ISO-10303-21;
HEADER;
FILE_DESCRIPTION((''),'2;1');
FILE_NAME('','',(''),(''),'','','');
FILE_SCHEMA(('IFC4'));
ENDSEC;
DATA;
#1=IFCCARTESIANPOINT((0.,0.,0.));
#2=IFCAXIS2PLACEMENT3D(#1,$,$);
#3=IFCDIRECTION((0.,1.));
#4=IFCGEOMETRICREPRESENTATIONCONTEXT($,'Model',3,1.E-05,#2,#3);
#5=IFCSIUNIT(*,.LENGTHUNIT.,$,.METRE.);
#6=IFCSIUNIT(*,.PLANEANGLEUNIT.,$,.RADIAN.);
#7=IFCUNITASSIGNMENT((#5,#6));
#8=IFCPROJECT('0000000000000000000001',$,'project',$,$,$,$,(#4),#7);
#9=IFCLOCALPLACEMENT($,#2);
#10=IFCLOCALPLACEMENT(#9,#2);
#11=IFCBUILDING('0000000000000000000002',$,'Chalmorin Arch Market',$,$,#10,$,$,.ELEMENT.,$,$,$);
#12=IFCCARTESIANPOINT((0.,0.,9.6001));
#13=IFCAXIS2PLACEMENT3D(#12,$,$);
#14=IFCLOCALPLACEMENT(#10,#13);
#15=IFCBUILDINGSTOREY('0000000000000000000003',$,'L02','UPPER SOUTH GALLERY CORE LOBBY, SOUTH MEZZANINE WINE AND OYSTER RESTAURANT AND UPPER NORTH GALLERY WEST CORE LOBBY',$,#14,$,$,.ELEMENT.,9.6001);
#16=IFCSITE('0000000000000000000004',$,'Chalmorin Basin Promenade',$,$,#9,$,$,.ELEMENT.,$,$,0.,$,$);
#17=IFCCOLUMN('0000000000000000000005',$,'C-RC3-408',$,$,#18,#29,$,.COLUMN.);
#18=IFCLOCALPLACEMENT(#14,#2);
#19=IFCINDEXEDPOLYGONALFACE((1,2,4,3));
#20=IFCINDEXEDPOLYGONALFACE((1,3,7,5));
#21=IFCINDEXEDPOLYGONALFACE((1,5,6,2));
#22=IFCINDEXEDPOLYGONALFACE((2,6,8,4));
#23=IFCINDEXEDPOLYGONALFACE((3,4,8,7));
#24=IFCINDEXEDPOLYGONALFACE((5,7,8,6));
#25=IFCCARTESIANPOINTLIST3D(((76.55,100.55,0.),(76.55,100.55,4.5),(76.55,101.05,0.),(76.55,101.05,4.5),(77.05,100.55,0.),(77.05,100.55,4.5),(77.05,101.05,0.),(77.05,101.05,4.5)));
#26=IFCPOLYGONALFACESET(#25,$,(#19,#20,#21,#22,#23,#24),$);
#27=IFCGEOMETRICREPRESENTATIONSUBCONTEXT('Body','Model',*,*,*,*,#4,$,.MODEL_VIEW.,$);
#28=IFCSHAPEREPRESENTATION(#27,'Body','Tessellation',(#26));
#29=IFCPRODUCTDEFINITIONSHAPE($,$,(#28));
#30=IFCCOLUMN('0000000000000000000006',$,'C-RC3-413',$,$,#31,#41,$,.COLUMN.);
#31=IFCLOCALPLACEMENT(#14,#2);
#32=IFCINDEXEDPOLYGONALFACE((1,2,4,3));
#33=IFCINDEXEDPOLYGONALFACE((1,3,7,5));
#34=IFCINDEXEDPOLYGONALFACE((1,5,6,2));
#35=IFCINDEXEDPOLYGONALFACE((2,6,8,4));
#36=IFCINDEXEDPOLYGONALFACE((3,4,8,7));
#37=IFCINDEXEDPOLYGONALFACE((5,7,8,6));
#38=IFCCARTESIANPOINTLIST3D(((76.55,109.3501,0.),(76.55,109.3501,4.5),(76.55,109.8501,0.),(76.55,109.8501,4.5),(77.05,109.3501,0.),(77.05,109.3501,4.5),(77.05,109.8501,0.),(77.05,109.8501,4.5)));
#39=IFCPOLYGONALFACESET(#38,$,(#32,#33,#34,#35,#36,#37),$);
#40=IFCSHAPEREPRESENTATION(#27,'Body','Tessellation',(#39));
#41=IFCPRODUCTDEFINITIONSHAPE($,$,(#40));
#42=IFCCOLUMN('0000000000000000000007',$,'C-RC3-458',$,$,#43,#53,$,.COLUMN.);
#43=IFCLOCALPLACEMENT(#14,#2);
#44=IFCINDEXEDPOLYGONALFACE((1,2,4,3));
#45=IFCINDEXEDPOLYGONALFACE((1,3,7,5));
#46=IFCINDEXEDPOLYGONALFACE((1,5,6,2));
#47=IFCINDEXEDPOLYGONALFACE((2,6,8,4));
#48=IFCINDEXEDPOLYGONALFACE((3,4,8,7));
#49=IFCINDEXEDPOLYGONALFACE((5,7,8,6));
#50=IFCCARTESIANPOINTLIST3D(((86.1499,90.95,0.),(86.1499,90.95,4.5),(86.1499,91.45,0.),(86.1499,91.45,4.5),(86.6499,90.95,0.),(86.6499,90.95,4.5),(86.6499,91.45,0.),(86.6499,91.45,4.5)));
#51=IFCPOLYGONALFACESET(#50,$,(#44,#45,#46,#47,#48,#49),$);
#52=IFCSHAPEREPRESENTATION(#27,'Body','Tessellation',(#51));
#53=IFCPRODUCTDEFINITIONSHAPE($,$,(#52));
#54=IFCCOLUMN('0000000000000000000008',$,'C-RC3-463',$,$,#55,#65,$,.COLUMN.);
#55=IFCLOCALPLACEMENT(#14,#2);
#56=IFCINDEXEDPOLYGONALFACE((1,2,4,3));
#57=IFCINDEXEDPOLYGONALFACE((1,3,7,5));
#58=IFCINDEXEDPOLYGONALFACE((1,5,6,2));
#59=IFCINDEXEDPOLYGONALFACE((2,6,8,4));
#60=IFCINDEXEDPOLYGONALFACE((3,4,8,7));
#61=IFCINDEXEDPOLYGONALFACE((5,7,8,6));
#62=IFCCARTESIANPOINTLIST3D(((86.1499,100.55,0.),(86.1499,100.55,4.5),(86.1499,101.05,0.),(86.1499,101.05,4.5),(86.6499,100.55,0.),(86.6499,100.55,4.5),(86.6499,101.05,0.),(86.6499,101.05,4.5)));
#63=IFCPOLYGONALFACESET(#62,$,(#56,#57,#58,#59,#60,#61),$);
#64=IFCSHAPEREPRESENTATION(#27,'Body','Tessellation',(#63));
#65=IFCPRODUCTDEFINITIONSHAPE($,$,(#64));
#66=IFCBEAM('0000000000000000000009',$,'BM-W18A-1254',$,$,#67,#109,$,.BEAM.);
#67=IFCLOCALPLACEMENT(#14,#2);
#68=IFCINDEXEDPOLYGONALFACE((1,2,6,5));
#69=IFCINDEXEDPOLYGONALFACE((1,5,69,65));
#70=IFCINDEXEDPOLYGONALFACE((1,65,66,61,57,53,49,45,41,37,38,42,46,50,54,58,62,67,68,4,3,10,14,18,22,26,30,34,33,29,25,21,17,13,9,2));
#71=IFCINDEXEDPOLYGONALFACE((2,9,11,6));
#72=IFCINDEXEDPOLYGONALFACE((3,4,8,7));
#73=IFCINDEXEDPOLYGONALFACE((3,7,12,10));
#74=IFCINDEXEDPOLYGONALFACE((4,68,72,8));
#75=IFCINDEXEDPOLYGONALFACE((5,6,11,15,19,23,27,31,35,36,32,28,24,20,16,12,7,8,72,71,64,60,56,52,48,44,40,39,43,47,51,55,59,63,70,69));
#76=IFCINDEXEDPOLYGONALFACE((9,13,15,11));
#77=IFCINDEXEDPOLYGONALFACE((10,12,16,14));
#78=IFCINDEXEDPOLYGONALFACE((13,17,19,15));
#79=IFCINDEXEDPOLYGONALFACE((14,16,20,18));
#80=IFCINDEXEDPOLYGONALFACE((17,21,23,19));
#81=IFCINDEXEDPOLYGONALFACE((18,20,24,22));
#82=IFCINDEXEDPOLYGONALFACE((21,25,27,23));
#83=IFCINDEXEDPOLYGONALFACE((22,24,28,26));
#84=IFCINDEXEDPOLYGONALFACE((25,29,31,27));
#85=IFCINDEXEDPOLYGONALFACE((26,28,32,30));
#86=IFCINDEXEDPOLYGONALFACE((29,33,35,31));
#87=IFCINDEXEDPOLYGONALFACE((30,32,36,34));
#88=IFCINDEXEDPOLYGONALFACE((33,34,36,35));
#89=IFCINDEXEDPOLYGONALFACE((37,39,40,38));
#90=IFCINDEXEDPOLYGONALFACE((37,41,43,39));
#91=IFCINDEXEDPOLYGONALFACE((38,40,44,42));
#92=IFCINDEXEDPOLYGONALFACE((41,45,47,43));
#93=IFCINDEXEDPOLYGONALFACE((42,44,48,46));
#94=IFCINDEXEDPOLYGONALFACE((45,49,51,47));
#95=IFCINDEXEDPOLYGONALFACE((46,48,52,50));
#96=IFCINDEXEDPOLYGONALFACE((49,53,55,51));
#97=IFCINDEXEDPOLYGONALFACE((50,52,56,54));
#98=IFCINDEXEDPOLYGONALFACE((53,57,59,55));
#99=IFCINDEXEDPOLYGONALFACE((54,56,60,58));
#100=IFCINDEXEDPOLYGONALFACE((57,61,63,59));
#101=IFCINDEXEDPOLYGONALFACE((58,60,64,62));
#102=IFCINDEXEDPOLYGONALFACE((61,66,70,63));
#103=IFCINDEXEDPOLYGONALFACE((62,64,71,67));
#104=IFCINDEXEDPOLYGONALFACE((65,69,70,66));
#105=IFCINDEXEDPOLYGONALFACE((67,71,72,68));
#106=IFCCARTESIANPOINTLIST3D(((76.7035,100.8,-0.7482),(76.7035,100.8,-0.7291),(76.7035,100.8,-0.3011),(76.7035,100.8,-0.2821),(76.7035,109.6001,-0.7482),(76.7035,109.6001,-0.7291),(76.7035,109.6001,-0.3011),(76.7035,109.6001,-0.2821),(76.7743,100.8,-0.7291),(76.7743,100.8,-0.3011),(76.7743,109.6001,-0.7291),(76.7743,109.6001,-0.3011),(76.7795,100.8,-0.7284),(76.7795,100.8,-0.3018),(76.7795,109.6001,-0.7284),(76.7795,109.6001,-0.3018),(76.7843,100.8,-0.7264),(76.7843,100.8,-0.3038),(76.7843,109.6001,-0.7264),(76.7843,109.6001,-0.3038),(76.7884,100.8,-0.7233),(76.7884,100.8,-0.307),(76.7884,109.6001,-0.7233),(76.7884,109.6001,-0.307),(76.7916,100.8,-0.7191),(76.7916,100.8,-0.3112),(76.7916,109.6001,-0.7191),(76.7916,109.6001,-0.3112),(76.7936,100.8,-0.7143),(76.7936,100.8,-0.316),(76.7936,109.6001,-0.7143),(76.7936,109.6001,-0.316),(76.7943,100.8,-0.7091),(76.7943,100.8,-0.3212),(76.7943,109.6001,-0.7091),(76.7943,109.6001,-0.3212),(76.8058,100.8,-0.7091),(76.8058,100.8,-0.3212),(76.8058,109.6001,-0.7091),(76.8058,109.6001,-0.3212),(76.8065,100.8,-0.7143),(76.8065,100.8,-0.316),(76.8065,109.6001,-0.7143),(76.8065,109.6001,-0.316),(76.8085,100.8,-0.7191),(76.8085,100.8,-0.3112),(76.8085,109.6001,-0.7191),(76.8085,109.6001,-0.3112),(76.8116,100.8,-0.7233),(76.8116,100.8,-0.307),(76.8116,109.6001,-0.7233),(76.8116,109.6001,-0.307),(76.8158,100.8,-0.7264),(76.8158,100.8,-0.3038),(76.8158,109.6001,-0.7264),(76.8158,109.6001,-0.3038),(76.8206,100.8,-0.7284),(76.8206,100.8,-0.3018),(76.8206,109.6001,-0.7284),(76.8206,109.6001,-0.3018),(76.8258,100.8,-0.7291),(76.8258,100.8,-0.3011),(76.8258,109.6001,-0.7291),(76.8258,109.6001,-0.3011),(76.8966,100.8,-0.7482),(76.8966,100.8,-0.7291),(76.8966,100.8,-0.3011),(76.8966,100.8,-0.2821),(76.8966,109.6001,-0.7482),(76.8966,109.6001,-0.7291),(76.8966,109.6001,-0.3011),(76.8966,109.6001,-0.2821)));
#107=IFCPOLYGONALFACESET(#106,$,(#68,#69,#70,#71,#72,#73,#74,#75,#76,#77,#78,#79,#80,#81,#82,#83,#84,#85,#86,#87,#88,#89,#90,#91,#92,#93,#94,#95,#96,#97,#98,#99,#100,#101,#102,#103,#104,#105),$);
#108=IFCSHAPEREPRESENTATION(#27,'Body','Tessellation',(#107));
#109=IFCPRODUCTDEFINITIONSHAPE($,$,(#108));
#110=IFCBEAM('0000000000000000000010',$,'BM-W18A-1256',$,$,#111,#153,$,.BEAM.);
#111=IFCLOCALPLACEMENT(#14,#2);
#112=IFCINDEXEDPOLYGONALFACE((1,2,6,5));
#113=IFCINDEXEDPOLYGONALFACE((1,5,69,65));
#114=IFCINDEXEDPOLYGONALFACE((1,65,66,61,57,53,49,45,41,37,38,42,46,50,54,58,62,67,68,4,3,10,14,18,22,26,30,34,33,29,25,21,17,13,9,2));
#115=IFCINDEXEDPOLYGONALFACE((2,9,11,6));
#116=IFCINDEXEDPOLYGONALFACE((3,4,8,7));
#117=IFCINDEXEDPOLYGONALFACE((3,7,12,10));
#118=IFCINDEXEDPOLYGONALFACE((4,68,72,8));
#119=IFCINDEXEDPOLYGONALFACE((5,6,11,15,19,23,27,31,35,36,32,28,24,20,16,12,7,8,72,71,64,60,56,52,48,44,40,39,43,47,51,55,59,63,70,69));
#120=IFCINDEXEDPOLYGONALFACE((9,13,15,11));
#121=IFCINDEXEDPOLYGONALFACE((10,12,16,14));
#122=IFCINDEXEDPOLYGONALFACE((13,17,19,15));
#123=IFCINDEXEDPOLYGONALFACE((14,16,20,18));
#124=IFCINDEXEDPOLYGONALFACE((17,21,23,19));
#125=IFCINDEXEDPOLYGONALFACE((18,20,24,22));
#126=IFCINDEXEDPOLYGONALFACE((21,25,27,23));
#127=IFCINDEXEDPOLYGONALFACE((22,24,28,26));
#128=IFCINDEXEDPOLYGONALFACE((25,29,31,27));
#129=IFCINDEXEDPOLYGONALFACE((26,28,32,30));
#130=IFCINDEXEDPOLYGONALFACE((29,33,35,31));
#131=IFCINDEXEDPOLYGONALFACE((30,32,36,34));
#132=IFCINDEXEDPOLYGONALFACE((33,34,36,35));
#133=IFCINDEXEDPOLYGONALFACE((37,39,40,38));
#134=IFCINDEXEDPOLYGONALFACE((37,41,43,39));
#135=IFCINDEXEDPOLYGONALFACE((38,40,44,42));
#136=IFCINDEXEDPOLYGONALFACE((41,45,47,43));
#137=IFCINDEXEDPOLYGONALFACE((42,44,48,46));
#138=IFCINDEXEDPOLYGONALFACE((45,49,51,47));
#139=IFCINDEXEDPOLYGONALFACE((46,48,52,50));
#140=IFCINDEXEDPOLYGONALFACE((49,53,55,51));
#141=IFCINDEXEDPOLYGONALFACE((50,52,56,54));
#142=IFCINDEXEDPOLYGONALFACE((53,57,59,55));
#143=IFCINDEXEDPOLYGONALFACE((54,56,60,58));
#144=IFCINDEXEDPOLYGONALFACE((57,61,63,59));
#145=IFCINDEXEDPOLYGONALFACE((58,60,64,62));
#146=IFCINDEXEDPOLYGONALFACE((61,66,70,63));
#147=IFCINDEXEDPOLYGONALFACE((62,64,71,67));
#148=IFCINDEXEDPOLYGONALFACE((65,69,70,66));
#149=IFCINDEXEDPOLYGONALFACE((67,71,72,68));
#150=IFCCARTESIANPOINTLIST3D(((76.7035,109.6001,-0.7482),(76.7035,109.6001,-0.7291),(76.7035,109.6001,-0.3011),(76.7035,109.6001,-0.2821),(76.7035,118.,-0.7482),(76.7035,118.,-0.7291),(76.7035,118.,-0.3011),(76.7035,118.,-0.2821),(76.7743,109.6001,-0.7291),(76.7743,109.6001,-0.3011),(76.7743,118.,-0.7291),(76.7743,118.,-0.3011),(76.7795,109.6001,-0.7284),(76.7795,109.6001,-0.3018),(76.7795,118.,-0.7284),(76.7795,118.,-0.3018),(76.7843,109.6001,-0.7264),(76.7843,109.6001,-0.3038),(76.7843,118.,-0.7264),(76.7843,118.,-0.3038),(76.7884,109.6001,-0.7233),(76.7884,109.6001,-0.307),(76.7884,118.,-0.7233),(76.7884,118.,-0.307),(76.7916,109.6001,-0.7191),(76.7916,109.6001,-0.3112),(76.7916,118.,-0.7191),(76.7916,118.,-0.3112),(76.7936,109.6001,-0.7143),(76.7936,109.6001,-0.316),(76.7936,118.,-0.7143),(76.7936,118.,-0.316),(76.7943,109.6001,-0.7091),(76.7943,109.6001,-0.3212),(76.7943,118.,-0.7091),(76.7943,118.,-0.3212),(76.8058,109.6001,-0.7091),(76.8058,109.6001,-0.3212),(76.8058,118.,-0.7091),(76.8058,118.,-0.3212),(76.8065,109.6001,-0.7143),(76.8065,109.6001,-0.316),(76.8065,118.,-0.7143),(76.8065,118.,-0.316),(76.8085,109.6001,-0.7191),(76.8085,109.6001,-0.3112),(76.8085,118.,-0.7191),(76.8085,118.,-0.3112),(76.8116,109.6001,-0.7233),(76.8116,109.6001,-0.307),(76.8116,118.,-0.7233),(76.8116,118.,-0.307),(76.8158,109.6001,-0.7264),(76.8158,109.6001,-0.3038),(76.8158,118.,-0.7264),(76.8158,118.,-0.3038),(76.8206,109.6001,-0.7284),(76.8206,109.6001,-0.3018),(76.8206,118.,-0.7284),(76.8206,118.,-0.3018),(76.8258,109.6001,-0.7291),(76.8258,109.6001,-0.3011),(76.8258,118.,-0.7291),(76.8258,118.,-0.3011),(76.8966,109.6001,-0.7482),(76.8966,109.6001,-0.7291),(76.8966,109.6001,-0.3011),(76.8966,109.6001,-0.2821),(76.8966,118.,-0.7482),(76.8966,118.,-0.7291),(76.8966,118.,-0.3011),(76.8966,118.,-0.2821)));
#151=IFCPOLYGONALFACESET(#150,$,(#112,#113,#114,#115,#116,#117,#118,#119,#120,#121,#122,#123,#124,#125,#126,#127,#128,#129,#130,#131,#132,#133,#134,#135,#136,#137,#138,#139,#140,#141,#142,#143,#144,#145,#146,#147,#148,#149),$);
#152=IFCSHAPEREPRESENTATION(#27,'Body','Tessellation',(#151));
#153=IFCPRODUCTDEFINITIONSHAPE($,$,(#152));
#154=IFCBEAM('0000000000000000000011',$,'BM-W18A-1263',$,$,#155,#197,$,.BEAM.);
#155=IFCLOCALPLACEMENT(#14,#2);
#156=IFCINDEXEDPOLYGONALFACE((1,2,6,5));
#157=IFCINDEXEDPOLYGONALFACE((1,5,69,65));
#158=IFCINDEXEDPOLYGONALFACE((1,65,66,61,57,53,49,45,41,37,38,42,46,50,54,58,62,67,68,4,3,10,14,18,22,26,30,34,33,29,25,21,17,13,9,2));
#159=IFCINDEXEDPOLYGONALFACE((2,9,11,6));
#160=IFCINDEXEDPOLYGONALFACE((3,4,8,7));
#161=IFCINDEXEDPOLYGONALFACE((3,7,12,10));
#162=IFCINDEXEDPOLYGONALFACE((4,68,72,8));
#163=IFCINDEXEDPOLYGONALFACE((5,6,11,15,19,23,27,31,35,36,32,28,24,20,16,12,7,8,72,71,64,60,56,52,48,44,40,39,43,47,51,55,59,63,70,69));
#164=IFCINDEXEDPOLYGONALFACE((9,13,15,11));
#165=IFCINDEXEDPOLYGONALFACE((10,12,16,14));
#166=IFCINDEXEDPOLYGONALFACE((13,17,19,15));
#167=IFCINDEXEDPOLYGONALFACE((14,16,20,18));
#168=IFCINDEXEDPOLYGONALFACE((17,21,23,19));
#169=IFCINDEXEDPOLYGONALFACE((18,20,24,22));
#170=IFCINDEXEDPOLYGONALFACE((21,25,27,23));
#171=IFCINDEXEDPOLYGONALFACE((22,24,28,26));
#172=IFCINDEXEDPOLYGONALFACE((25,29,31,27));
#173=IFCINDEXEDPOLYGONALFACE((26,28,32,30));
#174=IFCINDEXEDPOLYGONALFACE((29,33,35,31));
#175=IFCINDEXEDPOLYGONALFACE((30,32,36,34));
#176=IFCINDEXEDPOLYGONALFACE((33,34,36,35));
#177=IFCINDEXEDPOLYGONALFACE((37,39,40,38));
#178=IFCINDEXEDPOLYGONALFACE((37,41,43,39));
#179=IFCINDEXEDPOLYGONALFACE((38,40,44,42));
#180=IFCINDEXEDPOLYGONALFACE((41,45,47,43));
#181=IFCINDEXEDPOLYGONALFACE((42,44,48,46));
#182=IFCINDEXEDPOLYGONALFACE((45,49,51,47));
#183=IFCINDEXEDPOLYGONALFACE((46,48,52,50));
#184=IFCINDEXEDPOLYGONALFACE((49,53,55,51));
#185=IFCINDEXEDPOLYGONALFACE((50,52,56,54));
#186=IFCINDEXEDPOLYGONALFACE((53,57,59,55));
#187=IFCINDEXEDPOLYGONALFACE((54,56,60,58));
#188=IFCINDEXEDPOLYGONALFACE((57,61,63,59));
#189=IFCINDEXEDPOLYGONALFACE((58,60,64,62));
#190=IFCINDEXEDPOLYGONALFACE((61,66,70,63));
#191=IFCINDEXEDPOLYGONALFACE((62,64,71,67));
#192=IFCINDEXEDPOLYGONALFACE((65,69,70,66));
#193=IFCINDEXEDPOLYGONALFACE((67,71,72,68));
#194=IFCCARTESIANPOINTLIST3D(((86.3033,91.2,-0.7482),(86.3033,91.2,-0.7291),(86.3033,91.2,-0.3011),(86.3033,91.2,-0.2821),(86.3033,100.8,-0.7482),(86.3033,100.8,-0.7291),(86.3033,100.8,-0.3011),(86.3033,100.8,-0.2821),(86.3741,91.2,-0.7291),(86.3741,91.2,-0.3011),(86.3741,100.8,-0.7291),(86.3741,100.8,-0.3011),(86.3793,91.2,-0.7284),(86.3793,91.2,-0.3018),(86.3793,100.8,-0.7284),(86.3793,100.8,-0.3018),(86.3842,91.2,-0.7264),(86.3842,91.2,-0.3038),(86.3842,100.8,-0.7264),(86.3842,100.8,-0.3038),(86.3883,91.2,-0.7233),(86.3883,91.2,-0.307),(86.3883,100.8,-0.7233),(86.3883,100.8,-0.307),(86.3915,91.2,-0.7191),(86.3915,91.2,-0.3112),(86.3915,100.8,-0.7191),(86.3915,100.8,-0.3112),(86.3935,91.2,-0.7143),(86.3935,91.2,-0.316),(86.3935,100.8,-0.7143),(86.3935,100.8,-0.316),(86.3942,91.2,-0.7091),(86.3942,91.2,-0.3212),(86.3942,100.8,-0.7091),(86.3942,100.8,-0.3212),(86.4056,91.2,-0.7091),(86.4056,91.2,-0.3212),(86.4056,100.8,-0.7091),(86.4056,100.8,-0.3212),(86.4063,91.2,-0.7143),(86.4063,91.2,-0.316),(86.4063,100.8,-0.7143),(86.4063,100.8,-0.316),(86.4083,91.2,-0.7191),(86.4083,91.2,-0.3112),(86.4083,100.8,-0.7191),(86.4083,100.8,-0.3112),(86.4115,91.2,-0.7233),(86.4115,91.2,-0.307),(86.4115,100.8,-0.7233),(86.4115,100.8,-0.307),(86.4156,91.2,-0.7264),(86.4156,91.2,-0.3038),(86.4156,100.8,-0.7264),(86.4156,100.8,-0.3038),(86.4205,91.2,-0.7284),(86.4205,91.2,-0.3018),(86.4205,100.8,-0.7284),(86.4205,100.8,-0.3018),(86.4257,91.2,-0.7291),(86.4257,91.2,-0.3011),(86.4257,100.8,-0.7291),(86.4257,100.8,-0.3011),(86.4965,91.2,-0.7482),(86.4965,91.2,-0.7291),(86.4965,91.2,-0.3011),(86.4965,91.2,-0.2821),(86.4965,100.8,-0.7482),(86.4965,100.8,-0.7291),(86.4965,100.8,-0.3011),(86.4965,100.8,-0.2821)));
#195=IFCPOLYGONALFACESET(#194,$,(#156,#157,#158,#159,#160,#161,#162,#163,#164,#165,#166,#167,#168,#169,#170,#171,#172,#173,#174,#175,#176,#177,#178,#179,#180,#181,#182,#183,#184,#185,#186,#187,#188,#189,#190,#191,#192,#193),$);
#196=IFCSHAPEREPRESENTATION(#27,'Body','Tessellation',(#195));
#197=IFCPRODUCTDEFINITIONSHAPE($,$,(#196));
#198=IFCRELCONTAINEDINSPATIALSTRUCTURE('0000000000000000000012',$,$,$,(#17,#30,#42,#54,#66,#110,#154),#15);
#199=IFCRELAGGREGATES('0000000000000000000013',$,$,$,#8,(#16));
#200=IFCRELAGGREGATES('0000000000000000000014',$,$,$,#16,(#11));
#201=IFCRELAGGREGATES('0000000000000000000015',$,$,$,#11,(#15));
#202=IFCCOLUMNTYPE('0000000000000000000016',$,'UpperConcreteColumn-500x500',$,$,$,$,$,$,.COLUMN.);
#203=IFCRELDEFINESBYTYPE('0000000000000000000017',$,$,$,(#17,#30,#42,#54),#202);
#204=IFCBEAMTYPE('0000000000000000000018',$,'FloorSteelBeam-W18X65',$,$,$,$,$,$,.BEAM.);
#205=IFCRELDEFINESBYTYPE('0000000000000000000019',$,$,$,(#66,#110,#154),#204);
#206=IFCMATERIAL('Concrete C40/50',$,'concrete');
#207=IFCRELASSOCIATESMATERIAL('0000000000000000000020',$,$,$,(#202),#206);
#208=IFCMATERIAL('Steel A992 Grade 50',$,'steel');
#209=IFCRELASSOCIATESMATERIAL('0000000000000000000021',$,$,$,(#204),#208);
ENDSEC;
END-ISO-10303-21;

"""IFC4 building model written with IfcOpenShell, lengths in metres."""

from ifc_helpers import new_model, si_unit, direction, frame, origin, origin_2d, place, context, subcontext, project, spatial, rectangle, i_section, extrude, material, material_profile, profile_set, type_object, element, save


model = new_model("IFC4")

# Units and contexts
model_context = context("Model", 3, precision=1e-05, world=origin(), true_north=direction((0.0, 1.0)))
body_context = subcontext(model_context, "Body", "Model", "MODEL_VIEW")
ifc_project = project(units=[si_unit("LENGTHUNIT", "METRE"), si_unit("PLANEANGLEUNIT", "RADIAN")], contexts=[model_context])

# Site, building, storey
site_placement = place(None, origin())
site = spatial("IfcSite", under=ifc_project, at=site_placement, Name="Chalmorin Basin Promenade", CompositionType="ELEMENT", RefElevation=0.0)
building_placement = place(site_placement, origin())
building = spatial("IfcBuilding", under=site, at=building_placement, Name="Chalmorin Arch Market", CompositionType="ELEMENT")
storey_placement = place(building_placement, frame((0.0, 0.0, 9.6001)))
storey = spatial("IfcBuildingStorey", under=building, at=storey_placement, Name="L02", Description="UPPER SOUTH GALLERY CORE LOBBY, SOUTH MEZZANINE WINE AND OYSTER RESTAURANT AND UPPER NORTH GALLERY WEST CORE LOBBY", CompositionType="ELEMENT", Elevation=9.6001)

# Columns
ifc_material_1 = material(Name="Concrete C40/50", Category="concrete")
ifc_material_profile_1 = material_profile(ifc_material_1, rectangle(XDim=0.5, YDim=0.5, at=origin_2d()), Name="RC500X500")
ifc_profile_set_1 = profile_set([ifc_material_profile_1], Name="Concrete C40/50")
column_type = type_object("IfcColumnType", Name="UpperConcreteColumn-500x500", PredefinedType="COLUMN", material=ifc_profile_set_1)
for number, where, z_axis, x_axis, name in (
    (1, (76.8, 100.8, 0.0), (0.0, 0.0, 1.0), (1.0, 0.0, 0.0), "C-RC3-408"),
    (2, (76.8, 109.6001, 0.0), (0.0, 0.0, 1.0), (1.0, 0.0, 0.0), "C-RC3-413"),
    (3, (86.3999, 91.2, 0.0), (0.0, 0.0, 1.0), (1.0, 0.0, 0.0), "C-RC3-458"),
    (4, (86.3999, 100.8, 0.0), (0.0, 0.0, 1.0), (1.0, 0.0, 0.0), "C-RC3-463"),
):
    element("IfcColumn", number, at=place(storey_placement, frame(where, z_axis=z_axis, x_axis=x_axis)), inside=storey, type_object=column_type, Name=name, PredefinedType="COLUMN", context=body_context, shape_type="SweptSolid", body=[
        extrude(rectangle(XDim=0.5, YDim=0.5, at=origin_2d()), origin(), (0.0, 0.0, 1.0), 4.5),
    ])

# Beams
ifc_material_2 = material(Name="Steel A992 Grade 50", Category="steel")
ifc_material_profile_2 = material_profile(ifc_material_2, i_section(OverallWidth=0.1931, OverallDepth=0.4661, WebThickness=0.0115, FlangeThickness=0.019, FilletRadius=0.02, at=origin_2d()), Name="W18X65")
ifc_profile_set_2 = profile_set([ifc_material_profile_2], Name="Steel A992 Grade 50")
beam_type_1 = type_object("IfcBeamType", Name="FloorSteelBeam-W18X65", PredefinedType="BEAM", material=ifc_profile_set_2)
beam_1_placement = place(storey_placement, frame((76.8, 100.8, -0.5151), z_axis=(0.0, 1.0, 0.0), x_axis=(-1.0, 0.0, 0.0)))
element("IfcBeam", 5, at=beam_1_placement, inside=storey, type_object=beam_type_1, Name="BM-W18A-1254", PredefinedType="BEAM", context=body_context, shape_type="SweptSolid", body=[
    extrude(i_section(OverallWidth=0.1931, OverallDepth=0.4661, WebThickness=0.0115, FlangeThickness=0.019, FilletRadius=0.02, at=origin_2d()), origin(), (0.0, 0.0, 1.0), 8.8),
])
beam_2_placement = place(storey_placement, frame((76.8, 109.6001, -0.5151), z_axis=(0.0, 1.0, 0.0), x_axis=(-1.0, 0.0, 0.0)))
element("IfcBeam", 6, at=beam_2_placement, inside=storey, type_object=beam_type_1, Name="BM-W18A-1256", PredefinedType="BEAM", context=body_context, shape_type="SweptSolid", body=[
    extrude(i_section(OverallWidth=0.1931, OverallDepth=0.4661, WebThickness=0.0115, FlangeThickness=0.019, FilletRadius=0.02, at=origin_2d()), origin(), (0.0, 0.0, 1.0), 8.3999),
])
beam_3_placement = place(storey_placement, frame((86.3999, 91.2, -0.5151), z_axis=(0.0, 1.0, 0.0), x_axis=(-1.0, 0.0, 0.0)))
element("IfcBeam", 7, at=beam_3_placement, inside=storey, type_object=beam_type_1, Name="BM-W18A-1263", PredefinedType="BEAM", context=body_context, shape_type="SweptSolid", body=[
    extrude(i_section(OverallWidth=0.1931, OverallDepth=0.4661, WebThickness=0.0115, FlangeThickness=0.019, FilletRadius=0.02, at=origin_2d()), origin(), (0.0, 0.0, 1.0), 9.6001),
])

save(model, "model.ifc")
